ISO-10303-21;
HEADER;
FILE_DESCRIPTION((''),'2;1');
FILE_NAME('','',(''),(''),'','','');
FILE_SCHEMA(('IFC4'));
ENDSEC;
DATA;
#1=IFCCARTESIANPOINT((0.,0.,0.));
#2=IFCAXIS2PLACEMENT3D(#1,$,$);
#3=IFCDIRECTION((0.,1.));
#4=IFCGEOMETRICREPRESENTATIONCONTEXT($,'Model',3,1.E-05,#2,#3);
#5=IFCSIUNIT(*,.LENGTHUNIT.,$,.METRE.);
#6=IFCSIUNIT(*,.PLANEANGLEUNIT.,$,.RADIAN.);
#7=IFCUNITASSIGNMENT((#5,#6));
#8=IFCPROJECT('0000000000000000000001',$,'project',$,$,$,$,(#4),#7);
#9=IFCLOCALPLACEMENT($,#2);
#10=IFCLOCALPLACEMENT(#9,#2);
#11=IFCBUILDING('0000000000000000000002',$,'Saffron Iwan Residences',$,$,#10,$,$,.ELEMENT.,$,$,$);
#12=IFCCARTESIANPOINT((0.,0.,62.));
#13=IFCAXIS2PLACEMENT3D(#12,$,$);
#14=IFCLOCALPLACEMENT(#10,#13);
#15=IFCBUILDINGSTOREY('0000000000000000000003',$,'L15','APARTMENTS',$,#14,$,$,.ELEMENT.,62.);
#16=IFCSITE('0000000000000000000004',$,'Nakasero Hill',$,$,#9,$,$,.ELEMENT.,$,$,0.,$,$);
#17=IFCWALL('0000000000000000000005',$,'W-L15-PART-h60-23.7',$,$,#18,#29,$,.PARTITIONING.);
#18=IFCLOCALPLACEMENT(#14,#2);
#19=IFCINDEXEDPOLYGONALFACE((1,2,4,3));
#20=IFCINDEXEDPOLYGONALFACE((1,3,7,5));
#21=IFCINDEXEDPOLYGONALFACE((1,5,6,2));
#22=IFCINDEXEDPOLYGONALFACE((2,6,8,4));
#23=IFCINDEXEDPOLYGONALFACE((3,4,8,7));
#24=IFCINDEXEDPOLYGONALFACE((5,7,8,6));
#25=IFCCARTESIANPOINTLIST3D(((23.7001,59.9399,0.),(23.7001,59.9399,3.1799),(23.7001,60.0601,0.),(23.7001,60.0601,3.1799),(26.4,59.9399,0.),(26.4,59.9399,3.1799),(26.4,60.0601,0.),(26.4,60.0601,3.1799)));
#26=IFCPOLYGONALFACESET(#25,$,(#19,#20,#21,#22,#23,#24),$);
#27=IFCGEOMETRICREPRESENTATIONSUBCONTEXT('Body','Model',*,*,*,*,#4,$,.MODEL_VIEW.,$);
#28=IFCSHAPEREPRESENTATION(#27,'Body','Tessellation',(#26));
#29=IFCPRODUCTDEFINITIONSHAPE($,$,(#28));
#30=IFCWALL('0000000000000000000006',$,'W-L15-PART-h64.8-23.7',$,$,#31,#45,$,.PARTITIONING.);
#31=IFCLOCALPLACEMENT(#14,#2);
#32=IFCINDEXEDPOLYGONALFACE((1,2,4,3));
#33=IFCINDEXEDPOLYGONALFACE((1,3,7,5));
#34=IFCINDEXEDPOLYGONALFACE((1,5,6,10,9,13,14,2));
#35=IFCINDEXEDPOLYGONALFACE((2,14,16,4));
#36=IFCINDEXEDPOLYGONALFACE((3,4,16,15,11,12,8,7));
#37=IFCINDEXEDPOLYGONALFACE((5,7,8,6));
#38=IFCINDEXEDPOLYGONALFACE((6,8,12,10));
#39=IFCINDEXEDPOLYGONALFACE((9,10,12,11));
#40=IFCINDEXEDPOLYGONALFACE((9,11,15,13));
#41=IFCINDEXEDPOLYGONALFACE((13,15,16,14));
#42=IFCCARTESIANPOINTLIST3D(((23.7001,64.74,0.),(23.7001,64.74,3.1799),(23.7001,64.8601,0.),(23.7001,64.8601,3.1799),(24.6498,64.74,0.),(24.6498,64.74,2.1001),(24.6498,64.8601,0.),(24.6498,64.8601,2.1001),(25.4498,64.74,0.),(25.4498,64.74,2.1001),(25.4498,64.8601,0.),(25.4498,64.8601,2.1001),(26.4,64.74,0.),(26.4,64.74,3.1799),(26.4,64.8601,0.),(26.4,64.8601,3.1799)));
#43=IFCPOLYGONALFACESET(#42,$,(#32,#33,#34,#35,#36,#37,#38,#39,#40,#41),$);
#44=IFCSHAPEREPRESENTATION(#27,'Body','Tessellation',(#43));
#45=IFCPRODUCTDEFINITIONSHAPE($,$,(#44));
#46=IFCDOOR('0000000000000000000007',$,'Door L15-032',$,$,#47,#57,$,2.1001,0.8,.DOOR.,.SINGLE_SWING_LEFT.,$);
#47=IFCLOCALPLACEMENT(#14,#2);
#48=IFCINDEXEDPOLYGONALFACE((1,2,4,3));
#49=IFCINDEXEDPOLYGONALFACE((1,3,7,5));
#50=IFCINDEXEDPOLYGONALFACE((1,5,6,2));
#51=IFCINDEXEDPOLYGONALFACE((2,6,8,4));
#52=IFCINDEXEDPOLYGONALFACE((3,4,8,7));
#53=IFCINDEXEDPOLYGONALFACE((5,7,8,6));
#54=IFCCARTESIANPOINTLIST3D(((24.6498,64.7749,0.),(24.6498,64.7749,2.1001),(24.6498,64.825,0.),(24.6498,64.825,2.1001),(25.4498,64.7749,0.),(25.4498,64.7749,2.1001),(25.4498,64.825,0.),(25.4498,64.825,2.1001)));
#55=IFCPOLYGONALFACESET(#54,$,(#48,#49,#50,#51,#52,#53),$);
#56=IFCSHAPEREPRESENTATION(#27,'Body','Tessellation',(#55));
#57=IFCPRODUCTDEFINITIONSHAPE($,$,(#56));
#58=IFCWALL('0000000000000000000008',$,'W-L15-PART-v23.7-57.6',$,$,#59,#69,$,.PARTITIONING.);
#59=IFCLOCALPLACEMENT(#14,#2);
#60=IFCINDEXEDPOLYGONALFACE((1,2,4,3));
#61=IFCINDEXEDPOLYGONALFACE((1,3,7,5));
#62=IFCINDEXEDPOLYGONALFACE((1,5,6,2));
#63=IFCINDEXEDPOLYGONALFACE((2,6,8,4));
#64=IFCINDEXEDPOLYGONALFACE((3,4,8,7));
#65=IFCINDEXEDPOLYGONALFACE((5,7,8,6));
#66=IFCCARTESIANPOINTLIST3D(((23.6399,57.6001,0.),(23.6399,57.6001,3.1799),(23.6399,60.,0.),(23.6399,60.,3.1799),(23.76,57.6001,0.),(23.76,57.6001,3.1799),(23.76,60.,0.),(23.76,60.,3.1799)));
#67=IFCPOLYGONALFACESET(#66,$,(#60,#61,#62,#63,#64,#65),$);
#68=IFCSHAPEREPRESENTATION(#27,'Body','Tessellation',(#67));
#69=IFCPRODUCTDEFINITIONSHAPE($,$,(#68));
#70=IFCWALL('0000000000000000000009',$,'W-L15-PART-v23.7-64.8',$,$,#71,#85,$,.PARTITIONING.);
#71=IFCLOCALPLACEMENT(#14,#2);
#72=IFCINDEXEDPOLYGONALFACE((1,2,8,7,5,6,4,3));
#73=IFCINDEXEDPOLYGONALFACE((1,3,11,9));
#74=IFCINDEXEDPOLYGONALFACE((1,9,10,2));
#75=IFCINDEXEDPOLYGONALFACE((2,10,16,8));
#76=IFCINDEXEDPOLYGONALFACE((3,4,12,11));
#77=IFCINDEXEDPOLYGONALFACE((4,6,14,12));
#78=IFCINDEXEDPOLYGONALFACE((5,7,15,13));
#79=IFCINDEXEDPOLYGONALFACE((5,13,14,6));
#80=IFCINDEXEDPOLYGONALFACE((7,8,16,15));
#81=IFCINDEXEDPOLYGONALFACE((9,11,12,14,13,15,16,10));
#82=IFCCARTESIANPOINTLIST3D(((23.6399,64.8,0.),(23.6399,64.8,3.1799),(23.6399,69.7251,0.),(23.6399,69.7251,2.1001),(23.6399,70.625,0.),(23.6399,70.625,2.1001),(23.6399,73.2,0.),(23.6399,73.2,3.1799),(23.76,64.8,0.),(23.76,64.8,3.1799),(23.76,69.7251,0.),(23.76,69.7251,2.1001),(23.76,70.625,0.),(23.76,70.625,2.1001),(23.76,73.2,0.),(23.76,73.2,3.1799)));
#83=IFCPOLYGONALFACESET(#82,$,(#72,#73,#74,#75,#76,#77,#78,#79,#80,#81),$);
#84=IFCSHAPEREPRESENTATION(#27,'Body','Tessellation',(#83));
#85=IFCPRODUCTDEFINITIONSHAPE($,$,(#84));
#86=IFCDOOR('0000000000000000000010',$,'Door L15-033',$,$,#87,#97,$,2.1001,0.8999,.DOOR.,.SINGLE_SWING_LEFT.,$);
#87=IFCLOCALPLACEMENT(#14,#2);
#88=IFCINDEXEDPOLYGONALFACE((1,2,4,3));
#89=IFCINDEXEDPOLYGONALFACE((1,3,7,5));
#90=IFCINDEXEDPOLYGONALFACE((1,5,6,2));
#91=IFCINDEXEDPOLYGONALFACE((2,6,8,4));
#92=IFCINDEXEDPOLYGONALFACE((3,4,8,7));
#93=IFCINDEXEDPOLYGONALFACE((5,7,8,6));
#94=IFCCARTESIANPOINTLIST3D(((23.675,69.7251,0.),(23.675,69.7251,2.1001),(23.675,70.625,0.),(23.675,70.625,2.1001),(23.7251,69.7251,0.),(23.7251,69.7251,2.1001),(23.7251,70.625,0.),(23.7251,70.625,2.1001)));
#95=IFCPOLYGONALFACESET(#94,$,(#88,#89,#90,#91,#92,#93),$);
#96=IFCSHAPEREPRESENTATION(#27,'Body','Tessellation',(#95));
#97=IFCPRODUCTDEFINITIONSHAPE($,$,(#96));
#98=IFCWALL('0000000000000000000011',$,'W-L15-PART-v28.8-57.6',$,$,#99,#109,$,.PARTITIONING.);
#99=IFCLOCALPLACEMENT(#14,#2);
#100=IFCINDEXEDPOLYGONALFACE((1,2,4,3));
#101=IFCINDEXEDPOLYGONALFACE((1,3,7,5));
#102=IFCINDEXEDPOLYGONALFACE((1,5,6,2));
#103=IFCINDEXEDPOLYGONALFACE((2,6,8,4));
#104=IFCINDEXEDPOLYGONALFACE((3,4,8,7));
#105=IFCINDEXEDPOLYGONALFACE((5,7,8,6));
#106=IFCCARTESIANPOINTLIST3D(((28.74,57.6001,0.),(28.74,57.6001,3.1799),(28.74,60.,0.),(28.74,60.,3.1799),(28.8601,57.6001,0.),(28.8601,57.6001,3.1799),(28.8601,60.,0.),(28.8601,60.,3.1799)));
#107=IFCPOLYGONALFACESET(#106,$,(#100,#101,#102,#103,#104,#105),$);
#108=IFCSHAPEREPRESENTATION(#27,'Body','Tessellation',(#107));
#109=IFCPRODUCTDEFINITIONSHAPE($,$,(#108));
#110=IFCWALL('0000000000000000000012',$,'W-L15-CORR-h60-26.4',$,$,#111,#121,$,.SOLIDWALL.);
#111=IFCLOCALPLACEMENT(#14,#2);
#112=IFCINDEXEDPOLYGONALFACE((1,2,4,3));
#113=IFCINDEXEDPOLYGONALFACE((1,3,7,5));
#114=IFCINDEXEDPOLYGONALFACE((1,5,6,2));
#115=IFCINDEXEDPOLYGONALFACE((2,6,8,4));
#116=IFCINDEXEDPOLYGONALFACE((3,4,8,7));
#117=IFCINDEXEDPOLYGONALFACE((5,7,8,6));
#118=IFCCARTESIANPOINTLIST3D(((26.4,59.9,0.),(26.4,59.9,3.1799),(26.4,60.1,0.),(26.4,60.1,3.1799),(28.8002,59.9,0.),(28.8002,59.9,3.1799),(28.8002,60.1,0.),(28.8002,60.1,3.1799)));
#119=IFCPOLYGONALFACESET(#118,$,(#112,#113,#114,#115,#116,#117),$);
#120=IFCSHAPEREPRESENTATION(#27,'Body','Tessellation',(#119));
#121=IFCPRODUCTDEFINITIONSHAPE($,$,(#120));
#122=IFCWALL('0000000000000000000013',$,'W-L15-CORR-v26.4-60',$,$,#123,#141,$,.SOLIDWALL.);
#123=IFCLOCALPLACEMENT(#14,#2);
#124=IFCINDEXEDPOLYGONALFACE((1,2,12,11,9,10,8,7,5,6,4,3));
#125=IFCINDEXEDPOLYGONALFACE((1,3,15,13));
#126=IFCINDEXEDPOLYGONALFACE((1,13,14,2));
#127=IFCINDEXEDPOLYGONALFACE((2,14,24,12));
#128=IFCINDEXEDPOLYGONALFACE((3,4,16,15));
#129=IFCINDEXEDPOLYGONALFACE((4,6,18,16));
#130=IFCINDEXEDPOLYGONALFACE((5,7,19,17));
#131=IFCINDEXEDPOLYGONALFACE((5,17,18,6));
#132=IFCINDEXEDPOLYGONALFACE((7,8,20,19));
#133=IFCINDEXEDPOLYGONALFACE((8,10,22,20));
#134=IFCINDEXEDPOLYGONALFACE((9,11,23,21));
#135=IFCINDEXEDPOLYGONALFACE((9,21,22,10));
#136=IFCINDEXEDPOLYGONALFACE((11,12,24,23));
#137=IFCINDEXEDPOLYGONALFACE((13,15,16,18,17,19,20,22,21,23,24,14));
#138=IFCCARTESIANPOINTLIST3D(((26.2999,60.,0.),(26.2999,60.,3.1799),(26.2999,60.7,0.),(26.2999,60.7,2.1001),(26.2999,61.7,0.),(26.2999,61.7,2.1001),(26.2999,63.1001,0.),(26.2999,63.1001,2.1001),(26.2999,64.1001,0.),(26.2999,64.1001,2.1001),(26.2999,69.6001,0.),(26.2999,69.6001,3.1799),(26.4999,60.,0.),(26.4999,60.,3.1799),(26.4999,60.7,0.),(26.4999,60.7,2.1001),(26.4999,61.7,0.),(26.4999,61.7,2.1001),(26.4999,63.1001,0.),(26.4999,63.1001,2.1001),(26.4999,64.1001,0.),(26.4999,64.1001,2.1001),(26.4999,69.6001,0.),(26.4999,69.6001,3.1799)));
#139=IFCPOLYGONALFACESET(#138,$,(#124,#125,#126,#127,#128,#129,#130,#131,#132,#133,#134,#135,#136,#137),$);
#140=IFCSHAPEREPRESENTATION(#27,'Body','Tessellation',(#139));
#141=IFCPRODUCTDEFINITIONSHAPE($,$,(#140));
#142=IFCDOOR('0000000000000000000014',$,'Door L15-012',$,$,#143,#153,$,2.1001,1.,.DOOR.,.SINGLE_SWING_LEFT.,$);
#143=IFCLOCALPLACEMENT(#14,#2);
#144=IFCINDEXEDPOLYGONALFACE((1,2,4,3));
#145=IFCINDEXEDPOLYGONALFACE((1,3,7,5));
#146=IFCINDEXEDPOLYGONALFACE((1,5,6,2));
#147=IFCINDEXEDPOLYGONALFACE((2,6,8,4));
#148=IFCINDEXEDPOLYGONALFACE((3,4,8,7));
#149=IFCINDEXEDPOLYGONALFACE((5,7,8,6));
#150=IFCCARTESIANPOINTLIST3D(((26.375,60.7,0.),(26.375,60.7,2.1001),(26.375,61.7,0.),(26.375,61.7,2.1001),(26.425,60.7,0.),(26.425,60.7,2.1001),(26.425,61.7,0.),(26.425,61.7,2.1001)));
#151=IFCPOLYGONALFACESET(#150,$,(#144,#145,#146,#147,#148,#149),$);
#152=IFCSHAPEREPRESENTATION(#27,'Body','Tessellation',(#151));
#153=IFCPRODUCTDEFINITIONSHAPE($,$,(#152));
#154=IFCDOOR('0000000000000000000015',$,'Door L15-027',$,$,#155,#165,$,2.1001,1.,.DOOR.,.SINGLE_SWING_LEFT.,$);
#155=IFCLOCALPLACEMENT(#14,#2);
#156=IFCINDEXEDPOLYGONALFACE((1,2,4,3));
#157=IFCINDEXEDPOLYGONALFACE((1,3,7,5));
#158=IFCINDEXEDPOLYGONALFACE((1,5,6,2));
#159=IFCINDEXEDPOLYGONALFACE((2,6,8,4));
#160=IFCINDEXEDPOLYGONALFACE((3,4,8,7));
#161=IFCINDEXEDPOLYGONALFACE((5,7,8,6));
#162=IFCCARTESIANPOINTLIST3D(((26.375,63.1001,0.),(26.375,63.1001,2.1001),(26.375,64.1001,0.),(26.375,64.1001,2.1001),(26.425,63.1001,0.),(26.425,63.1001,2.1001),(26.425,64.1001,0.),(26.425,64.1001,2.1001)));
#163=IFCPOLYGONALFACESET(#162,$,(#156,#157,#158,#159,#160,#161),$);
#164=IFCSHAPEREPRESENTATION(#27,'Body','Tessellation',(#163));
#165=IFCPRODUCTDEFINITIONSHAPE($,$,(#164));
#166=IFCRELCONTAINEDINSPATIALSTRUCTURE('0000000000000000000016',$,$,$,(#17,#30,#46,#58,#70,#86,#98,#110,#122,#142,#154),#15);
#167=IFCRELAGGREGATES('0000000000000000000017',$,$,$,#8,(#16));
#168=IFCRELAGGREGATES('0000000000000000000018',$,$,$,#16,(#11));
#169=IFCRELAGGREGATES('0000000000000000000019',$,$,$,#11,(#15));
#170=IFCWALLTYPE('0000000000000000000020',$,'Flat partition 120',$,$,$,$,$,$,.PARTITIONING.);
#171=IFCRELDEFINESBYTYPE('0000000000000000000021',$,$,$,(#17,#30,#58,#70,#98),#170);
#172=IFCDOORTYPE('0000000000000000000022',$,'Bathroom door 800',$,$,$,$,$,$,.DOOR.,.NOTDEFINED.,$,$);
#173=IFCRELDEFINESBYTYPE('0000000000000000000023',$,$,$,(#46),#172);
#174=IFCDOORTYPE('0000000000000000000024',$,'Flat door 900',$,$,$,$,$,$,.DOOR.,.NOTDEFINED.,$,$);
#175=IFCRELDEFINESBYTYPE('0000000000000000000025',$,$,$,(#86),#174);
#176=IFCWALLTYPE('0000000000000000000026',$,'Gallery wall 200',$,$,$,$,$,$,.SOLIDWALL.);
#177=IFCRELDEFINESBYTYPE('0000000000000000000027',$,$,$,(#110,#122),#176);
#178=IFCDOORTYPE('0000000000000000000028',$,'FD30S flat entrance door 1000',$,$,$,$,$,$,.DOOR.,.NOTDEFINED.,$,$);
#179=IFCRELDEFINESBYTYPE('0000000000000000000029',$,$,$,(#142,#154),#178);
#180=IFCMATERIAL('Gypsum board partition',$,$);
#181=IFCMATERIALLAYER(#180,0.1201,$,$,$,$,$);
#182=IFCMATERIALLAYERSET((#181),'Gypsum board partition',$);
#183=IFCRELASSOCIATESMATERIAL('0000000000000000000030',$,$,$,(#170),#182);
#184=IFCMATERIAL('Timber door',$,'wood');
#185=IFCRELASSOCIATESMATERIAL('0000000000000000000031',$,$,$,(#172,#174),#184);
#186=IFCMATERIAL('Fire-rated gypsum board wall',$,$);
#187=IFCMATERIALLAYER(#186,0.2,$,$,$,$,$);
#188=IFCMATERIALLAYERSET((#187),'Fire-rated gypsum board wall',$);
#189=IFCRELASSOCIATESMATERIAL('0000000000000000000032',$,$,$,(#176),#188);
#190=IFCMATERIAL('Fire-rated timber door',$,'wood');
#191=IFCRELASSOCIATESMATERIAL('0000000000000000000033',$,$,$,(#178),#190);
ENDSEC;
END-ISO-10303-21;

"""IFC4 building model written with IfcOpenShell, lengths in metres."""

from ifc_helpers import new_model, si_unit, direction, frame, frame_2d, origin, place, context, subcontext, project, spatial, rectangle, extrude, material, layer, layer_set, type_object, element, fill, save


model = new_model("IFC4")

# Units and contexts
model_context = context("Model", 3, precision=1e-05, world=origin(), true_north=direction((0.0, 1.0)))
body_context = subcontext(model_context, "Body", "Model", "MODEL_VIEW")
ifc_project = project(units=[si_unit("LENGTHUNIT", "METRE"), si_unit("PLANEANGLEUNIT", "RADIAN")], contexts=[model_context])

# Site, building, storey
site_placement = place(None, origin())
site = spatial("IfcSite", under=ifc_project, at=site_placement, Name="Nakasero Hill", CompositionType="ELEMENT", RefElevation=0.0)
building_placement = place(site_placement, origin())
building = spatial("IfcBuilding", under=site, at=building_placement, Name="Saffron Iwan Residences", CompositionType="ELEMENT")
storey_placement = place(building_placement, frame((0.0, 0.0, 62.0)))
storey = spatial("IfcBuildingStorey", under=building, at=storey_placement, Name="L15", Description="APARTMENTS", CompositionType="ELEMENT", Elevation=62.0)

# Wall
ifc_material_1 = material(Name="Gypsum board partition")
ifc_layer_1 = layer(ifc_material_1, 0.1201)
ifc_layer_set_1 = layer_set([ifc_layer_1], Name="Gypsum board partition")
wall_type_1 = type_object("IfcWallType", Name="Flat partition 120", PredefinedType="PARTITIONING", material=ifc_layer_set_1)
wall_1_placement = place(storey_placement, frame((23.7, 60.0, 0.0), z_axis=(0.0, 0.0, 1.0), x_axis=(1.0, 0.0, 0.0)))
element("IfcWall", 1, at=wall_1_placement, inside=storey, type_object=wall_type_1, Name="W-L15-PART-h60-23.7", PredefinedType="PARTITIONING", context=body_context, shape_type="SweptSolid", body=[
    extrude(rectangle(XDim=2.7, YDim=0.1201, at=frame_2d((1.3501, 0.0))), origin(), (0.0, 0.0, 1.0), 3.1799),
])

# Wall, opening, door
wall_2_placement = place(storey_placement, frame((23.7, 64.8, 0.0), z_axis=(0.0, 0.0, 1.0), x_axis=(1.0, 0.0, 0.0)))
wall_2 = element("IfcWall", 2, at=wall_2_placement, inside=storey, type_object=wall_type_1, Name="W-L15-PART-h64.8-23.7", PredefinedType="PARTITIONING", context=body_context, shape_type="SweptSolid", body=[
    extrude(rectangle(XDim=2.7, YDim=0.1201, at=frame_2d((1.3501, 0.0))), origin(), (0.0, 0.0, 1.0), 3.1799),
])
opening_1_placement = place(wall_2_placement, frame((0.95, 0.0, 0.0)))
opening_1 = element("IfcOpeningElement", 3, at=opening_1_placement, cuts=wall_2, PredefinedType="OPENING", context=body_context, shape_type="SweptSolid", body=[
    extrude(rectangle(XDim=0.8, YDim=2.1001, at=frame_2d((0.3999, 1.05))), frame((0.0, 0.0701, 0.0), z_axis=(0.0, -1.0, 0.0), x_axis=(1.0, 0.0, 0.0)), (0.0, 0.0, 1.0), 0.1401),
])
ifc_material_2 = material(Name="Timber door", Category="wood")
door_type_1 = type_object("IfcDoorType", Name="Bathroom door 800", OperationType="NOTDEFINED", PredefinedType="DOOR", material=ifc_material_2)
door_1_placement = place(opening_1_placement, origin())
door_1 = element("IfcDoor", 4, at=door_1_placement, inside=storey, type_object=door_type_1, Name="Door L15-032", OperationType="SINGLE_SWING_LEFT", OverallHeight=2.1001, OverallWidth=0.8, PredefinedType="DOOR", context=body_context, shape_type="SweptSolid", body=[
    extrude(rectangle(XDim=0.8, YDim=2.1001, at=frame_2d((0.3999, 1.05))), frame((0.0, 0.0249, 0.0), z_axis=(0.0, -1.0, 0.0), x_axis=(1.0, 0.0, 0.0)), (0.0, 0.0, 1.0), 0.05),
])
fill(opening_1, door_1)

# Wall
wall_3_placement = place(storey_placement, frame((23.7, 57.6001, 0.0), z_axis=(0.0, 0.0, 1.0), x_axis=(0.0, 1.0, 0.0)))
element("IfcWall", 5, at=wall_3_placement, inside=storey, type_object=wall_type_1, Name="W-L15-PART-v23.7-57.6", PredefinedType="PARTITIONING", context=body_context, shape_type="SweptSolid", body=[
    extrude(rectangle(XDim=2.3999, YDim=0.1201, at=frame_2d((1.2, 0.0))), origin(), (0.0, 0.0, 1.0), 3.1799),
])

# Wall, opening, door
wall_4_placement = place(storey_placement, frame((23.7, 64.8, 0.0), z_axis=(0.0, 0.0, 1.0), x_axis=(0.0, 1.0, 0.0)))
wall_4 = element("IfcWall", 6, at=wall_4_placement, inside=storey, type_object=wall_type_1, Name="W-L15-PART-v23.7-64.8", PredefinedType="PARTITIONING", context=body_context, shape_type="SweptSolid", body=[
    extrude(rectangle(XDim=8.3999, YDim=0.1201, at=frame_2d((4.2, 0.0))), origin(), (0.0, 0.0, 1.0), 3.1799),
])
opening_2_placement = place(wall_4_placement, frame((4.925, 0.0, 0.0)))
opening_2 = element("IfcOpeningElement", 7, at=opening_2_placement, cuts=wall_4, PredefinedType="OPENING", context=body_context, shape_type="SweptSolid", body=[
    extrude(rectangle(XDim=0.8999, YDim=2.1001, at=frame_2d((0.45, 1.05))), frame((0.0, 0.0701, 0.0), z_axis=(0.0, -1.0, 0.0), x_axis=(1.0, 0.0, 0.0)), (0.0, 0.0, 1.0), 0.1401),
])
door_type_2 = type_object("IfcDoorType", Name="Flat door 900", OperationType="NOTDEFINED", PredefinedType="DOOR", material=ifc_material_2)
door_2_placement = place(opening_2_placement, origin())
door_2 = element("IfcDoor", 8, at=door_2_placement, inside=storey, type_object=door_type_2, Name="Door L15-033", OperationType="SINGLE_SWING_LEFT", OverallHeight=2.1001, OverallWidth=0.8999, PredefinedType="DOOR", context=body_context, shape_type="SweptSolid", body=[
    extrude(rectangle(XDim=0.8999, YDim=2.1001, at=frame_2d((0.45, 1.05))), frame((0.0, 0.0249, 0.0), z_axis=(0.0, -1.0, 0.0), x_axis=(1.0, 0.0, 0.0)), (0.0, 0.0, 1.0), 0.05),
])
fill(opening_2, door_2)

# Walls
wall_5_placement = place(storey_placement, frame((28.8, 57.6001, 0.0), z_axis=(0.0, 0.0, 1.0), x_axis=(0.0, 1.0, 0.0)))
element("IfcWall", 9, at=wall_5_placement, inside=storey, type_object=wall_type_1, Name="W-L15-PART-v28.8-57.6", PredefinedType="PARTITIONING", context=body_context, shape_type="SweptSolid", body=[
    extrude(rectangle(XDim=2.3999, YDim=0.1201, at=frame_2d((1.2, 0.0))), origin(), (0.0, 0.0, 1.0), 3.1799),
])
ifc_material_3 = material(Name="Fire-rated gypsum board wall")
ifc_layer_2 = layer(ifc_material_3, 0.2)
ifc_layer_set_2 = layer_set([ifc_layer_2], Name="Fire-rated gypsum board wall")
wall_type_2 = type_object("IfcWallType", Name="Gallery wall 200", PredefinedType="SOLIDWALL", material=ifc_layer_set_2)
wall_6_placement = place(storey_placement, frame((26.3999, 60.0, 0.0), z_axis=(0.0, 0.0, 1.0), x_axis=(1.0, 0.0, 0.0)))
element("IfcWall", 10, at=wall_6_placement, inside=storey, type_object=wall_type_2, Name="W-L15-CORR-h60-26.4", PredefinedType="SOLIDWALL", context=body_context, shape_type="SweptSolid", body=[
    extrude(rectangle(XDim=2.4001, YDim=0.2, at=frame_2d((1.2002, 0.0))), origin(), (0.0, 0.0, 1.0), 3.1799),
])

# Wall, openings, doors
wall_7_placement = place(storey_placement, frame((26.3999, 60.0, 0.0), z_axis=(0.0, 0.0, 1.0), x_axis=(0.0, 1.0, 0.0)))
wall_7 = element("IfcWall", 11, at=wall_7_placement, inside=storey, type_object=wall_type_2, Name="W-L15-CORR-v26.4-60", PredefinedType="SOLIDWALL", context=body_context, shape_type="SweptSolid", body=[
    extrude(rectangle(XDim=9.6001, YDim=0.2, at=frame_2d((4.8, 0.0))), origin(), (0.0, 0.0, 1.0), 3.1799),
])
opening_3_placement = place(wall_7_placement, frame((0.7, 0.0, 0.0)))
opening_3 = element("IfcOpeningElement", 12, at=opening_3_placement, cuts=wall_7, PredefinedType="OPENING", context=body_context, shape_type="SweptSolid", body=[
    extrude(rectangle(XDim=1.0, YDim=2.1001, at=frame_2d((0.5, 1.05))), frame((0.0, 0.1099, 0.0), z_axis=(0.0, -1.0, 0.0), x_axis=(1.0, 0.0, 0.0)), (0.0, 0.0, 1.0), 0.22),
])
opening_4_placement = place(wall_7_placement, frame((3.1001, 0.0, 0.0)))
opening_4 = element("IfcOpeningElement", 13, at=opening_4_placement, cuts=wall_7, PredefinedType="OPENING", context=body_context, shape_type="SweptSolid", body=[
    extrude(rectangle(XDim=1.0, YDim=2.1001, at=frame_2d((0.5, 1.05))), frame((0.0, 0.1099, 0.0), z_axis=(0.0, -1.0, 0.0), x_axis=(1.0, 0.0, 0.0)), (0.0, 0.0, 1.0), 0.22),
])
ifc_material_4 = material(Name="Fire-rated timber door", Category="wood")
door_type_3 = type_object("IfcDoorType", Name="FD30S flat entrance door 1000", OperationType="NOTDEFINED", PredefinedType="DOOR", material=ifc_material_4)
door_3_placement = place(opening_3_placement, origin())
door_3 = element("IfcDoor", 14, at=door_3_placement, inside=storey, type_object=door_type_3, Name="Door L15-012", OperationType="SINGLE_SWING_LEFT", OverallHeight=2.1001, OverallWidth=1.0, PredefinedType="DOOR", context=body_context, shape_type="SweptSolid", body=[
    extrude(rectangle(XDim=1.0, YDim=2.1001, at=frame_2d((0.5, 1.05))), frame((0.0, 0.0249, 0.0), z_axis=(0.0, -1.0, 0.0), x_axis=(1.0, 0.0, 0.0)), (0.0, 0.0, 1.0), 0.05),
])
fill(opening_3, door_3)
door_4_placement = place(opening_4_placement, origin())
door_4 = element("IfcDoor", 15, at=door_4_placement, inside=storey, type_object=door_type_3, Name="Door L15-027", OperationType="SINGLE_SWING_LEFT", OverallHeight=2.1001, OverallWidth=1.0, PredefinedType="DOOR", context=body_context, shape_type="SweptSolid", body=[
    extrude(rectangle(XDim=1.0, YDim=2.1001, at=frame_2d((0.5, 1.05))), frame((0.0, 0.0249, 0.0), z_axis=(0.0, -1.0, 0.0), x_axis=(1.0, 0.0, 0.0)), (0.0, 0.0, 1.0), 0.05),
])
fill(opening_4, door_4)

save(model, "model.ifc")
